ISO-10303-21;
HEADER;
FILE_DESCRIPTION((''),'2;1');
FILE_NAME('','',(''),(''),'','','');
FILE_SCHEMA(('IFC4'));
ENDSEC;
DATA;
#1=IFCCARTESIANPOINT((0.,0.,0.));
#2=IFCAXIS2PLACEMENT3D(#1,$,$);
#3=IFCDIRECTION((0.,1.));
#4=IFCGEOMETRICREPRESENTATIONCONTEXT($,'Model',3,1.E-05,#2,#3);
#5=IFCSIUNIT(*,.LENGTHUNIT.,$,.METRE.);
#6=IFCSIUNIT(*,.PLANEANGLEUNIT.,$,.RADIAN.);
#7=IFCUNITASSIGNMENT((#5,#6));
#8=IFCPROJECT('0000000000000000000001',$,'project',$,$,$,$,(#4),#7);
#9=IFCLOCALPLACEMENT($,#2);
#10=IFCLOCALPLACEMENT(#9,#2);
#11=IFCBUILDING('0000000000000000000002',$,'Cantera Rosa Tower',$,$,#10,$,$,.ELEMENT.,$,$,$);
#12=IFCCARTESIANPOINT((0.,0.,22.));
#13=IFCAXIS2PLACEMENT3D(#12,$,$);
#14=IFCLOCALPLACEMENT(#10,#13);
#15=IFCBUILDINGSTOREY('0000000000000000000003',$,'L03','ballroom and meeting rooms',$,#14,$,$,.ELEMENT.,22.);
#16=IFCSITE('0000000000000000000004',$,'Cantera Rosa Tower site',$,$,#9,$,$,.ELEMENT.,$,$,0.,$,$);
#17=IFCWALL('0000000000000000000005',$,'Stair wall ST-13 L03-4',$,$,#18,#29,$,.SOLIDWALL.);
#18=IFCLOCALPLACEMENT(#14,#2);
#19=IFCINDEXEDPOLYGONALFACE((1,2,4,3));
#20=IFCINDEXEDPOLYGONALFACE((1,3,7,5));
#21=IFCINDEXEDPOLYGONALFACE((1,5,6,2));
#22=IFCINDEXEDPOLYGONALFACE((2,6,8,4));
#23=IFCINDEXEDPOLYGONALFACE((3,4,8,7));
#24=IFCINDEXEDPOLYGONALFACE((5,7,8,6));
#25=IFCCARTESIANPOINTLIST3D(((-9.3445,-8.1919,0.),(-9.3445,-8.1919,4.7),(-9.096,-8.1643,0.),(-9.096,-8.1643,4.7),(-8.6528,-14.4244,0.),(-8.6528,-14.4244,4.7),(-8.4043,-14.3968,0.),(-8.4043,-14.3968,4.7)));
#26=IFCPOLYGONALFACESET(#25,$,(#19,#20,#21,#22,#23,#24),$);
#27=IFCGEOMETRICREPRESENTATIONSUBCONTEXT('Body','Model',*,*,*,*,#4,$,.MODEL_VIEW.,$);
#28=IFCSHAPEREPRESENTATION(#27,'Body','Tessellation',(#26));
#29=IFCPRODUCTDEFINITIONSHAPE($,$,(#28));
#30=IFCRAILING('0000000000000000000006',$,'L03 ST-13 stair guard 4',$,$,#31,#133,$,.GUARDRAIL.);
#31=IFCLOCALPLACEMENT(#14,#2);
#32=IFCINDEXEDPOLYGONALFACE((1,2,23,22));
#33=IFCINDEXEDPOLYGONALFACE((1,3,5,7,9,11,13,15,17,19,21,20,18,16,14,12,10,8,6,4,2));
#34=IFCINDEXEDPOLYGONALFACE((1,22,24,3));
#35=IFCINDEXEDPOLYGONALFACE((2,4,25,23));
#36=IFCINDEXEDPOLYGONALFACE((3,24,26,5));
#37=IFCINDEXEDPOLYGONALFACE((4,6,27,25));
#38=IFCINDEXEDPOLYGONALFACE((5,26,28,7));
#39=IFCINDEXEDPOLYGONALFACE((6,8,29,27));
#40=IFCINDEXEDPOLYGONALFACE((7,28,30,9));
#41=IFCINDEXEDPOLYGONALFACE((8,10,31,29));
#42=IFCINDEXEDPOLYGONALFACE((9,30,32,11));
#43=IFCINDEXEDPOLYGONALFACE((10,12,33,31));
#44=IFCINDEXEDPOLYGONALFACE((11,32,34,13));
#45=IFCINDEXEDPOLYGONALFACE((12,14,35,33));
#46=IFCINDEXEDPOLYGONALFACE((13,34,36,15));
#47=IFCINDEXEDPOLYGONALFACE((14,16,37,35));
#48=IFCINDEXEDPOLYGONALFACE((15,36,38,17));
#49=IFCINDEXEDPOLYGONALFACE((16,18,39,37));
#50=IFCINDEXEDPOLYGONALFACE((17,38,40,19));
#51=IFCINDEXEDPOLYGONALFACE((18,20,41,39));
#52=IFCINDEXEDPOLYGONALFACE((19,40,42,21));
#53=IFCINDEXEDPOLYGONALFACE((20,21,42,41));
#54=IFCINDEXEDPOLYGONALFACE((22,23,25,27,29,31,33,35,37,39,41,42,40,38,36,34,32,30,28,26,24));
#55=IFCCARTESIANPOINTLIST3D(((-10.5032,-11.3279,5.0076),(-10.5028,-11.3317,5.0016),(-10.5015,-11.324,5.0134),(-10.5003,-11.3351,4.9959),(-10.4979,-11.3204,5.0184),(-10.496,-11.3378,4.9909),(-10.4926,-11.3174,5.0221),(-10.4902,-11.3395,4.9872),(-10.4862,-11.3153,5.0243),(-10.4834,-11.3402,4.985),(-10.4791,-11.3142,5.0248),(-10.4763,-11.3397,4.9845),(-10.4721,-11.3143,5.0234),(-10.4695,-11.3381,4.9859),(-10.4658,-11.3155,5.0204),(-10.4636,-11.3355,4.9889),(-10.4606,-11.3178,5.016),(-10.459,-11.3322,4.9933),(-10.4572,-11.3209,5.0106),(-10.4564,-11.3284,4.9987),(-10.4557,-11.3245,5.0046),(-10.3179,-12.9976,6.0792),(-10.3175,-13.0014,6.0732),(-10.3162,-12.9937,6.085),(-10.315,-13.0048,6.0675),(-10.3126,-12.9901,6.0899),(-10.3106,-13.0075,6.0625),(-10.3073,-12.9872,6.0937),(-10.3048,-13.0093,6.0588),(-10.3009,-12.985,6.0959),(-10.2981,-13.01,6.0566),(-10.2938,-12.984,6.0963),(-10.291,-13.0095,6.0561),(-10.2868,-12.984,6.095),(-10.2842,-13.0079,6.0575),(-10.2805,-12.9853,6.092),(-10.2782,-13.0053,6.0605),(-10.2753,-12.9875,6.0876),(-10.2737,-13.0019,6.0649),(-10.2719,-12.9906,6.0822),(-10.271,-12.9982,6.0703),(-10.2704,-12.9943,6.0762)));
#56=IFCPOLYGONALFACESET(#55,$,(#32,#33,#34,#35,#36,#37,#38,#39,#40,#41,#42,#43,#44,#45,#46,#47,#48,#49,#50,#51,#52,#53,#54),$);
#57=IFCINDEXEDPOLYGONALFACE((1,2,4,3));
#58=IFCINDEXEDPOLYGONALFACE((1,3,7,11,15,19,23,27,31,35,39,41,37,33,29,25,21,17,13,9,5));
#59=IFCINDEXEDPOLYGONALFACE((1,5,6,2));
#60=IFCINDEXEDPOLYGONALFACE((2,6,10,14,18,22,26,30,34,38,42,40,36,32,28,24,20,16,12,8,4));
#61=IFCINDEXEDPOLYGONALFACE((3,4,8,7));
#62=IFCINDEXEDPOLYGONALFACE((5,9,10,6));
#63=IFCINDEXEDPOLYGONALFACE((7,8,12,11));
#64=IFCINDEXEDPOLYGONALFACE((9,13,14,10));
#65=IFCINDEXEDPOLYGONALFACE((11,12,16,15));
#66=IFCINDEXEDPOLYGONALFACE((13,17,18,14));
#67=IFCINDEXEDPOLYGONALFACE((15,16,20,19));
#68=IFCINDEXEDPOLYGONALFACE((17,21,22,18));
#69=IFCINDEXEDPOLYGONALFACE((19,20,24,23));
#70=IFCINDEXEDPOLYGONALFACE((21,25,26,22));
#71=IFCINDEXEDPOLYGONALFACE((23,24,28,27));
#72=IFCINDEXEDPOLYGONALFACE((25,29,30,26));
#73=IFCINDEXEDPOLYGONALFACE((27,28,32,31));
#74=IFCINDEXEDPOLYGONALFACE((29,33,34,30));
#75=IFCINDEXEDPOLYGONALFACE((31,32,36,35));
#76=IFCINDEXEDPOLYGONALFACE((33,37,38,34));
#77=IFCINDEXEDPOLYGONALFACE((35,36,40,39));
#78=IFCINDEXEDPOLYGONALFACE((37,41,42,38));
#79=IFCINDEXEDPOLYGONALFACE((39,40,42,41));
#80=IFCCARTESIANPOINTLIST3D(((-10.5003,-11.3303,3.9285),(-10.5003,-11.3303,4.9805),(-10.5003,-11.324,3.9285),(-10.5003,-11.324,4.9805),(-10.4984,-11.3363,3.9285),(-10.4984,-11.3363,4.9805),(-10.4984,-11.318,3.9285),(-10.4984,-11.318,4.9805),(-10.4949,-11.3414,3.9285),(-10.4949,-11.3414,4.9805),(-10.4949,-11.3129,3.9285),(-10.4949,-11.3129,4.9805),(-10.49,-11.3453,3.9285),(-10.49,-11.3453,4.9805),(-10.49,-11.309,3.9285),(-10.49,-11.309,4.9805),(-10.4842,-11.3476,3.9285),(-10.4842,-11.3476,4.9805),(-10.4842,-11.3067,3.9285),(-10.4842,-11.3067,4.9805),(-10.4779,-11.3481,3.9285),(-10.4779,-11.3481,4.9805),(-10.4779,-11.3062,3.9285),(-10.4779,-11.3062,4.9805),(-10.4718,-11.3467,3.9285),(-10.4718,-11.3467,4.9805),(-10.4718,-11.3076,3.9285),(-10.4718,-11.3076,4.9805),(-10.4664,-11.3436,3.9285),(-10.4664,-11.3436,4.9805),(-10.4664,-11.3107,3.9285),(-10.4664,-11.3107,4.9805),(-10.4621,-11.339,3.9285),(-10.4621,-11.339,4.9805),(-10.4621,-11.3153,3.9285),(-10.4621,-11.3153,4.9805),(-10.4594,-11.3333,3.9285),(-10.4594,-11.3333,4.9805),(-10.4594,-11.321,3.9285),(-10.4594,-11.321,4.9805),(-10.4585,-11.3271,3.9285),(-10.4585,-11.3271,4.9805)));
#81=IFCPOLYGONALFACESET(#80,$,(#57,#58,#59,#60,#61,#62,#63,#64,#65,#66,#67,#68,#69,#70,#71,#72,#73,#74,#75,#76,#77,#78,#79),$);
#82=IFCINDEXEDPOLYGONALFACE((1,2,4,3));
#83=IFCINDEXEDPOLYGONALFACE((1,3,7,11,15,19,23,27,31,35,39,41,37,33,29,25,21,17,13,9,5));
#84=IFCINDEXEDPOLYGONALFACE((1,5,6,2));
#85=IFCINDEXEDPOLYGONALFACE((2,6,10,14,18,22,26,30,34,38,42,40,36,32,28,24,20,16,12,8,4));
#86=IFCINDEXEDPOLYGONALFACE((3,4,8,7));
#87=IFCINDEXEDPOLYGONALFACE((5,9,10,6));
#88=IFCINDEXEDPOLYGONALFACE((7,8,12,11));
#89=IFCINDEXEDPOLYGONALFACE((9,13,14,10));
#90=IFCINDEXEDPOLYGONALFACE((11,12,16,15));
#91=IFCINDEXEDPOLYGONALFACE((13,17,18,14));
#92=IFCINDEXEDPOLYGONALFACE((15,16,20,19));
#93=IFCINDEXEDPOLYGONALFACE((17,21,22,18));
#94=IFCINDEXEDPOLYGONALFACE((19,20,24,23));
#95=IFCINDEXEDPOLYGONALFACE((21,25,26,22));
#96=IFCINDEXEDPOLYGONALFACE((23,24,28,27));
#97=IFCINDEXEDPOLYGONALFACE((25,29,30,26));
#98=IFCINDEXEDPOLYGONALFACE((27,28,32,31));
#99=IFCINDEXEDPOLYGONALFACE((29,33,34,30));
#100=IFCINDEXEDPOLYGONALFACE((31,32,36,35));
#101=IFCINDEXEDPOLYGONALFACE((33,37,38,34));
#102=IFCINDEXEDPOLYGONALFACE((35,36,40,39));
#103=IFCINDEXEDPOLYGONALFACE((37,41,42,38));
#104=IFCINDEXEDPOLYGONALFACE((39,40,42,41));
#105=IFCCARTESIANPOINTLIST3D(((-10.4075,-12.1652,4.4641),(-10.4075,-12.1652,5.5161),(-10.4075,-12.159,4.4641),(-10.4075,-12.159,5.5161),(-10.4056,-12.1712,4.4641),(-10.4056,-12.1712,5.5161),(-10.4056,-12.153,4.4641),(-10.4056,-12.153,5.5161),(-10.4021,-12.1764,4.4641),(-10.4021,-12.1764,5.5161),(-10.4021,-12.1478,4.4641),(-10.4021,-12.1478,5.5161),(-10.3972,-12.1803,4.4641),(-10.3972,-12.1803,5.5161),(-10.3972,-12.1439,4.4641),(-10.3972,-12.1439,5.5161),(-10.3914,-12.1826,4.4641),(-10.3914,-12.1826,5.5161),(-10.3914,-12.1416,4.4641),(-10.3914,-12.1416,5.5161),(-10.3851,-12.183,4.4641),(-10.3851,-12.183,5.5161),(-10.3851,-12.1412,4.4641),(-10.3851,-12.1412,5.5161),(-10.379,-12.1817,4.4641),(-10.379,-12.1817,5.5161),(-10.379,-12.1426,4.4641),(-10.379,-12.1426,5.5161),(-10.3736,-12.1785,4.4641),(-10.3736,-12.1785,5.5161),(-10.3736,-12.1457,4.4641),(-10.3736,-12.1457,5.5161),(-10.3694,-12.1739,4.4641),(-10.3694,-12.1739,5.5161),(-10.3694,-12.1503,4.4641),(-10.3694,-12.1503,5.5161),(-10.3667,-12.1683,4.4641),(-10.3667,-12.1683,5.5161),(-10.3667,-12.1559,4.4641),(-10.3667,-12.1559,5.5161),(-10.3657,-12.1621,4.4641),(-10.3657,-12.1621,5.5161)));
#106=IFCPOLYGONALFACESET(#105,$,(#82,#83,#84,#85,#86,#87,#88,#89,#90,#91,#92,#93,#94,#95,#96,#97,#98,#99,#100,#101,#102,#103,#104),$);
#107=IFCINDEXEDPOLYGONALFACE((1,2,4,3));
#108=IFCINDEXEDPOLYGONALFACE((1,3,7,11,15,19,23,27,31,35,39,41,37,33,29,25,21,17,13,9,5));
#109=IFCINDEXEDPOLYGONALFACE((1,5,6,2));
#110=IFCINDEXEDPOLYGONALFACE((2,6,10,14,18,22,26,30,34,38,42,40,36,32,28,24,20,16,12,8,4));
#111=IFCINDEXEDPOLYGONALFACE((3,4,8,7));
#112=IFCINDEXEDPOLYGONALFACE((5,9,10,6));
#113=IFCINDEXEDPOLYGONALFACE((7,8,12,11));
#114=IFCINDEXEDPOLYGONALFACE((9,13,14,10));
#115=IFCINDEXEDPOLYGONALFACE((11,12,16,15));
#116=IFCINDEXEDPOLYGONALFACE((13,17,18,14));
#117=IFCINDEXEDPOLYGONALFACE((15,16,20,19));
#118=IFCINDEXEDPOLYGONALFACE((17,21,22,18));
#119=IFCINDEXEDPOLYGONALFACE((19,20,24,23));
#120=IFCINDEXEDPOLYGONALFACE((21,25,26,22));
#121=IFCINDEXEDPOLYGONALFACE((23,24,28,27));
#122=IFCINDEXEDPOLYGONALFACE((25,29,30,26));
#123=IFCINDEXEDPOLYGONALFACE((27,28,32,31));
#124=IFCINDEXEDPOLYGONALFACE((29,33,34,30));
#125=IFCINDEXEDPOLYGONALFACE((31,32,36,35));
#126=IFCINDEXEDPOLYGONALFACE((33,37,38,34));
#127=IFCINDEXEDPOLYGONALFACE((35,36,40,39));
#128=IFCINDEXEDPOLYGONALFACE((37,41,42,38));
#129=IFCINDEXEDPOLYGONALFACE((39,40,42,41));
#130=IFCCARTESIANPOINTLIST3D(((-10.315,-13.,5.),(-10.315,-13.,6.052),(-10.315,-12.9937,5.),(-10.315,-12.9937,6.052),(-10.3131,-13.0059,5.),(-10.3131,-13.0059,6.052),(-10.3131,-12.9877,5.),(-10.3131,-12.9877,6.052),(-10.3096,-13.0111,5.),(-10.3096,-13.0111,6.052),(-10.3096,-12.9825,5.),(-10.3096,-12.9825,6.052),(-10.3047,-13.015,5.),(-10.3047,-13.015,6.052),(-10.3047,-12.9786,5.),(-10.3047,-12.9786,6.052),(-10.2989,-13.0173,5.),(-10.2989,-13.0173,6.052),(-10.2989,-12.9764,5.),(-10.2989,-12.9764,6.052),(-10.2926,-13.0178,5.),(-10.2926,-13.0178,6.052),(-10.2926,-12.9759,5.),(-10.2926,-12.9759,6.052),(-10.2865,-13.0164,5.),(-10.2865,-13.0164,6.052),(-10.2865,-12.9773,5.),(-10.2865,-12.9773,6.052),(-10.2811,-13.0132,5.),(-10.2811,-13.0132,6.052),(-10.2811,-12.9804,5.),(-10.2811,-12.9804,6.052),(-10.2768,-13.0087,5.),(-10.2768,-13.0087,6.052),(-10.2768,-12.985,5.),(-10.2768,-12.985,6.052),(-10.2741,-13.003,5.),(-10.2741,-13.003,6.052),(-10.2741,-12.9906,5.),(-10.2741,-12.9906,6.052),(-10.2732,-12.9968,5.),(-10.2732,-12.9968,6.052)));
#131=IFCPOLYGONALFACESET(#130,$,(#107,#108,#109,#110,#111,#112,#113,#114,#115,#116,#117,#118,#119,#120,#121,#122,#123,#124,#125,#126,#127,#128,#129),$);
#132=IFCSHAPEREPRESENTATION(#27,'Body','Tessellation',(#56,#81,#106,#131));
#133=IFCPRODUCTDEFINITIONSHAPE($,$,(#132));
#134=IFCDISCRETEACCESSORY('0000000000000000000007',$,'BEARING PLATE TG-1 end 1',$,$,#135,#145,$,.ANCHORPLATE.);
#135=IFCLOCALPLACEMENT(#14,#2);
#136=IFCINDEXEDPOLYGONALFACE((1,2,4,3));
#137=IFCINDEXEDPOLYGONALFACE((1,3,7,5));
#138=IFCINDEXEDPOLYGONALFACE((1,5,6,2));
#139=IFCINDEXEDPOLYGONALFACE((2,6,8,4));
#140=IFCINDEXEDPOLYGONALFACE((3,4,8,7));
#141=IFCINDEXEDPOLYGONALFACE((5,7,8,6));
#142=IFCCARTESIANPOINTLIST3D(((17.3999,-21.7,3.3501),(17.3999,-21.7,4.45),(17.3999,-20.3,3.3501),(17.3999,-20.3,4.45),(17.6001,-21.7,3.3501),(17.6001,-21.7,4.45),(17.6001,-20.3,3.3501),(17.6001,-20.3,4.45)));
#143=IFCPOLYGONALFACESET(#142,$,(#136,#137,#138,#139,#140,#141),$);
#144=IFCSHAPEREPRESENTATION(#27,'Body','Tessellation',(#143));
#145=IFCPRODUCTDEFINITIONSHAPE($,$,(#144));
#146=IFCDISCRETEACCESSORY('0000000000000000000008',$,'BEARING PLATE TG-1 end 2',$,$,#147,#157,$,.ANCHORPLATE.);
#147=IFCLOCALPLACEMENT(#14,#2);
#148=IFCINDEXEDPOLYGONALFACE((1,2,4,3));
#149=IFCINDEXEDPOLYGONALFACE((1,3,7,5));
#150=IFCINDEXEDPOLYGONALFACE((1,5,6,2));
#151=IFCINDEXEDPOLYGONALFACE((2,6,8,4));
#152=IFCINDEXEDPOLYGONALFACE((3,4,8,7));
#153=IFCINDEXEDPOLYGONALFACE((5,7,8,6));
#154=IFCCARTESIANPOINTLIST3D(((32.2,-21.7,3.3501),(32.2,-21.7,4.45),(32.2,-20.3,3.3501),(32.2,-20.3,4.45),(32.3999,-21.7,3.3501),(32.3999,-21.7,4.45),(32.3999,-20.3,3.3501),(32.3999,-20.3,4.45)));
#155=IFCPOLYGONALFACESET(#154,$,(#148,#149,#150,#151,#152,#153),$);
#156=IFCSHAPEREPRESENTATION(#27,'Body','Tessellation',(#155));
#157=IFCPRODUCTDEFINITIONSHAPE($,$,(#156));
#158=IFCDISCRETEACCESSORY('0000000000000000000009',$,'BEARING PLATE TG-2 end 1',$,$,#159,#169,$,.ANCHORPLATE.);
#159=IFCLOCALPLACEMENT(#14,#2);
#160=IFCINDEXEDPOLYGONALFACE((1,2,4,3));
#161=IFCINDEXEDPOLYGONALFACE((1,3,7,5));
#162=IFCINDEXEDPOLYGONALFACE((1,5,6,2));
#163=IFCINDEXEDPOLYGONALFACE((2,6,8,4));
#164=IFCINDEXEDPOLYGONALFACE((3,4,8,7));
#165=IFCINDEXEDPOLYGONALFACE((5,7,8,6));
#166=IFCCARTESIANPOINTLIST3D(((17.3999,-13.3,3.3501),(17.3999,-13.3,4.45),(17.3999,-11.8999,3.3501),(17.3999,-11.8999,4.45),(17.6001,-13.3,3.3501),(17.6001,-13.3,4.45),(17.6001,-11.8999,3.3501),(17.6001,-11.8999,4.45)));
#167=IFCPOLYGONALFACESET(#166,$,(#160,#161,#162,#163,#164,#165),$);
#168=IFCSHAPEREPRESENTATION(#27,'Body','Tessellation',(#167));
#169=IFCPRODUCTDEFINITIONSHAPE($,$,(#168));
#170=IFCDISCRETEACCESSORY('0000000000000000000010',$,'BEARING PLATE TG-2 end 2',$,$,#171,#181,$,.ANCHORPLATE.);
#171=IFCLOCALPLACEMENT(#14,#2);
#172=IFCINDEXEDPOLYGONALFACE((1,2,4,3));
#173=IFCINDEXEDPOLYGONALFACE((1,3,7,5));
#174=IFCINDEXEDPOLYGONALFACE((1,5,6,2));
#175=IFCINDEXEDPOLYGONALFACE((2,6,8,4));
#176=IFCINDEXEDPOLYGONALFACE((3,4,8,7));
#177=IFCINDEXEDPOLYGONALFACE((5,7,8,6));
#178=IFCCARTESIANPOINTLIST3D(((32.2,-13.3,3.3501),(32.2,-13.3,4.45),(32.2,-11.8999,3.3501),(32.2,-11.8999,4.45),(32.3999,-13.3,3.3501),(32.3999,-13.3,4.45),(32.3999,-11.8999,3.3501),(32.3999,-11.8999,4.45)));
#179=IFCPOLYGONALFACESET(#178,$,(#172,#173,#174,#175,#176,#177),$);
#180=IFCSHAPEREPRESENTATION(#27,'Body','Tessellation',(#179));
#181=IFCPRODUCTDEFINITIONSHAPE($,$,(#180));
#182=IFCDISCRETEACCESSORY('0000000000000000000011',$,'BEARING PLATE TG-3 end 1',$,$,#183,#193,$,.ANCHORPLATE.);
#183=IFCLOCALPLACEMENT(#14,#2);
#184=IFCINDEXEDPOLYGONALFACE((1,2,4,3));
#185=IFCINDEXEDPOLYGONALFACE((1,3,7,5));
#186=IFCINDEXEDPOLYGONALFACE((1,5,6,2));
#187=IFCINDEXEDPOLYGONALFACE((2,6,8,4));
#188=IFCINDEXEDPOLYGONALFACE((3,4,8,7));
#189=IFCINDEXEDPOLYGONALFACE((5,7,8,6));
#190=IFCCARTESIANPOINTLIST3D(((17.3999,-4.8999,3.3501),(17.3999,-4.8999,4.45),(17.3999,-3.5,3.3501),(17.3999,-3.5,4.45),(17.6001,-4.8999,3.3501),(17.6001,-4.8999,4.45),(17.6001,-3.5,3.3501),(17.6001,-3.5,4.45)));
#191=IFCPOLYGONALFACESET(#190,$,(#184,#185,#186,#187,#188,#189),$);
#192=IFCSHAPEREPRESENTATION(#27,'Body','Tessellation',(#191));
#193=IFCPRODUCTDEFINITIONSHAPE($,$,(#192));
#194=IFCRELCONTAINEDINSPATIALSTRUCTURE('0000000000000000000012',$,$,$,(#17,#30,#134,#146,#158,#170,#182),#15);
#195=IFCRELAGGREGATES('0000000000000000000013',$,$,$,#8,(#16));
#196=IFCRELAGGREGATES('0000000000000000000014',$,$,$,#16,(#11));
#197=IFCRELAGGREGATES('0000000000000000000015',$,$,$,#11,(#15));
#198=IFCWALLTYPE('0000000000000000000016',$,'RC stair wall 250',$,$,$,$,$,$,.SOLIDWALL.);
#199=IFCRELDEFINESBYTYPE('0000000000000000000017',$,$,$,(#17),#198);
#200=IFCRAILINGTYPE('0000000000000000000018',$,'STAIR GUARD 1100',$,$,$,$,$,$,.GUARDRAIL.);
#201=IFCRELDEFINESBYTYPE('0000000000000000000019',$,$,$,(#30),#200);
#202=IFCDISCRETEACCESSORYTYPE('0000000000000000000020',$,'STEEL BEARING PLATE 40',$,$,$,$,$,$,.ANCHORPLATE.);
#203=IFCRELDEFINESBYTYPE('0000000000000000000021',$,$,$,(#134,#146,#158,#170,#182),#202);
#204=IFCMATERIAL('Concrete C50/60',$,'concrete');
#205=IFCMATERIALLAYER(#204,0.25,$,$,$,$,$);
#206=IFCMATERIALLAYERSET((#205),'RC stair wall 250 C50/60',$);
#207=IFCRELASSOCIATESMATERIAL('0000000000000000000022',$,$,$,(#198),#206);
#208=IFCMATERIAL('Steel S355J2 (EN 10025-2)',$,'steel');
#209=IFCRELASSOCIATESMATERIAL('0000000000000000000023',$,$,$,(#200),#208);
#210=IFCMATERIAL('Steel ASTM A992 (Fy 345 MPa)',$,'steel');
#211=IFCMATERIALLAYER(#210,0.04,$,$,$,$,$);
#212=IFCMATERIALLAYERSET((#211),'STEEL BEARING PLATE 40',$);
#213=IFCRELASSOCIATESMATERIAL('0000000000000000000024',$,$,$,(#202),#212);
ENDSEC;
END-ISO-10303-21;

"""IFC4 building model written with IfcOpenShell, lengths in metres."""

from ifc_helpers import new_model, si_unit, direction, frame, frame_2d, origin, origin_2d, place, context, subcontext, project, spatial, polyline, rectangle, circle, outline, extrude, material, layer, layer_set, type_object, element, save


model = new_model("IFC4")

# Units and contexts
model_context = context("Model", 3, precision=1e-05, world=origin(), true_north=direction((0.0, 1.0)))
body_context = subcontext(model_context, "Body", "Model", "MODEL_VIEW")
ifc_project = project(units=[si_unit("LENGTHUNIT", "METRE"), si_unit("PLANEANGLEUNIT", "RADIAN")], contexts=[model_context])

# Site, building, storey
site_placement = place(None, origin())
site = spatial("IfcSite", under=ifc_project, at=site_placement, Name="Cantera Rosa Tower site", CompositionType="ELEMENT", RefElevation=0.0)
building_placement = place(site_placement, origin())
building = spatial("IfcBuilding", under=site, at=building_placement, Name="Cantera Rosa Tower", CompositionType="ELEMENT")
storey_placement = place(building_placement, frame((0.0, 0.0, 22.0)))
storey = spatial("IfcBuildingStorey", under=building, at=storey_placement, Name="L03", Description="ballroom and meeting rooms", CompositionType="ELEMENT", Elevation=22.0)

# Wall
ifc_material_1 = material(Name="Concrete C50/60", Category="concrete")
ifc_layer_1 = layer(ifc_material_1, 0.25)
ifc_layer_set_1 = layer_set([ifc_layer_1], Name="RC stair wall 250 C50/60")
wall_type_1 = type_object("IfcWallType", Name="RC stair wall 250", PredefinedType="SOLIDWALL", material=ifc_layer_set_1)
wall_1_placement = place(storey_placement, frame((-9.2202, -8.1782, 0.0), z_axis=(0.0, 0.0, 1.0), x_axis=(0.110299, -0.993898, 0.0)))
element("IfcWall", 1, at=wall_1_placement, inside=storey, type_object=wall_type_1, Name="Stair wall ST-13 L03-4", PredefinedType="SOLIDWALL", context=body_context, shape_type="SweptSolid", body=[
    extrude(rectangle(XDim=6.2708, YDim=0.25, at=frame_2d((3.1353, 0.0))), origin(), (0.0, 0.0, 1.0), 4.7),
])

# Railing
ifc_material_2 = material(Name="Steel S355J2 (EN 10025-2)", Category="steel")
railing_type = type_object("IfcRailingType", Name="STAIR GUARD 1100", PredefinedType="GUARDRAIL", material=ifc_material_2)
railing_1_placement = place(storey_placement, frame((-10.4795, -11.3271, 3.9285)))
element("IfcRailing", 2, at=railing_1_placement, inside=storey, type_object=railing_type, Name="L03 ST-13 stair guard 4", PredefinedType="GUARDRAIL", context=body_context, shape_type="SweptSolid", body=[
    extrude(circle(Radius=0.0239, at=origin_2d()), frame((0.0, 0.0, 1.0762), z_axis=(0.092997, -0.837951, 0.537764), x_axis=(0.993898, 0.110304, 0.0)), (0.0, 0.0, 1.0), 1.9927),
    extrude(circle(Radius=0.021, at=origin_2d()), origin(), (0.0, 0.0, 1.0), 1.052),
    extrude(circle(Radius=0.021, at=origin_2d()), frame((0.0928, -0.835, 0.5356)), (0.0, 0.0, 1.0), 1.052),
    extrude(circle(Radius=0.021, at=origin_2d()), frame((0.1853, -1.6697, 1.0715)), (0.0, 0.0, 1.0), 1.052),
])

# Discrete accessories
ifc_material_3 = material(Name="Steel ASTM A992 (Fy 345 MPa)", Category="steel")
ifc_layer_2 = layer(ifc_material_3, 0.04)
ifc_layer_set_2 = layer_set([ifc_layer_2], Name="STEEL BEARING PLATE 40")
discrete_accessory_type = type_object("IfcDiscreteAccessoryType", Name="STEEL BEARING PLATE 40", PredefinedType="ANCHORPLATE", material=ifc_layer_set_2)
discrete_accessory_1_placement = place(storey_placement, frame((0.0, 0.0, 3.3501)))
element("IfcDiscreteAccessory", 3, at=discrete_accessory_1_placement, inside=storey, type_object=discrete_accessory_type, Name="BEARING PLATE TG-1 end 1", PredefinedType="ANCHORPLATE", context=body_context, shape_type="SweptSolid", body=[
    extrude(outline(polyline([(17.6001, -20.3), (17.3999, -20.3), (17.3999, -21.7), (17.6001, -21.7), (17.6001, -20.3)])), origin(), (0.0, 0.0, 1.0), 1.0999),
])
discrete_accessory_2_placement = place(storey_placement, frame((0.0, 0.0, 3.3501)))
element("IfcDiscreteAccessory", 4, at=discrete_accessory_2_placement, inside=storey, type_object=discrete_accessory_type, Name="BEARING PLATE TG-1 end 2", PredefinedType="ANCHORPLATE", context=body_context, shape_type="SweptSolid", body=[
    extrude(outline(polyline([(32.2, -21.7), (32.3999, -21.7), (32.3999, -20.3), (32.2, -20.3), (32.2, -21.7)])), origin(), (0.0, 0.0, 1.0), 1.0999),
])
discrete_accessory_3_placement = place(storey_placement, frame((0.0, 0.0, 3.3501)))
element("IfcDiscreteAccessory", 5, at=discrete_accessory_3_placement, inside=storey, type_object=discrete_accessory_type, Name="BEARING PLATE TG-2 end 1", PredefinedType="ANCHORPLATE", context=body_context, shape_type="SweptSolid", body=[
    extrude(outline(polyline([(17.6001, -11.8999), (17.3999, -11.8999), (17.3999, -13.3), (17.6001, -13.3), (17.6001, -11.8999)])), origin(), (0.0, 0.0, 1.0), 1.0999),
])
discrete_accessory_4_placement = place(storey_placement, frame((0.0, 0.0, 3.3501)))
element("IfcDiscreteAccessory", 6, at=discrete_accessory_4_placement, inside=storey, type_object=discrete_accessory_type, Name="BEARING PLATE TG-2 end 2", PredefinedType="ANCHORPLATE", context=body_context, shape_type="SweptSolid", body=[
    extrude(outline(polyline([(32.2, -13.3), (32.3999, -13.3), (32.3999, -11.8999), (32.2, -11.8999), (32.2, -13.3)])), origin(), (0.0, 0.0, 1.0), 1.0999),
])
discrete_accessory_5_placement = place(storey_placement, frame((0.0, 0.0, 3.3501)))
element("IfcDiscreteAccessory", 7, at=discrete_accessory_5_placement, inside=storey, type_object=discrete_accessory_type, Name="BEARING PLATE TG-3 end 1", PredefinedType="ANCHORPLATE", context=body_context, shape_type="SweptSolid", body=[
    extrude(outline(polyline([(17.6001, -3.5), (17.3999, -3.5), (17.3999, -4.8999), (17.6001, -4.8999), (17.6001, -3.5)])), origin(), (0.0, 0.0, 1.0), 1.0999),
])

save(model, "model.ifc")
